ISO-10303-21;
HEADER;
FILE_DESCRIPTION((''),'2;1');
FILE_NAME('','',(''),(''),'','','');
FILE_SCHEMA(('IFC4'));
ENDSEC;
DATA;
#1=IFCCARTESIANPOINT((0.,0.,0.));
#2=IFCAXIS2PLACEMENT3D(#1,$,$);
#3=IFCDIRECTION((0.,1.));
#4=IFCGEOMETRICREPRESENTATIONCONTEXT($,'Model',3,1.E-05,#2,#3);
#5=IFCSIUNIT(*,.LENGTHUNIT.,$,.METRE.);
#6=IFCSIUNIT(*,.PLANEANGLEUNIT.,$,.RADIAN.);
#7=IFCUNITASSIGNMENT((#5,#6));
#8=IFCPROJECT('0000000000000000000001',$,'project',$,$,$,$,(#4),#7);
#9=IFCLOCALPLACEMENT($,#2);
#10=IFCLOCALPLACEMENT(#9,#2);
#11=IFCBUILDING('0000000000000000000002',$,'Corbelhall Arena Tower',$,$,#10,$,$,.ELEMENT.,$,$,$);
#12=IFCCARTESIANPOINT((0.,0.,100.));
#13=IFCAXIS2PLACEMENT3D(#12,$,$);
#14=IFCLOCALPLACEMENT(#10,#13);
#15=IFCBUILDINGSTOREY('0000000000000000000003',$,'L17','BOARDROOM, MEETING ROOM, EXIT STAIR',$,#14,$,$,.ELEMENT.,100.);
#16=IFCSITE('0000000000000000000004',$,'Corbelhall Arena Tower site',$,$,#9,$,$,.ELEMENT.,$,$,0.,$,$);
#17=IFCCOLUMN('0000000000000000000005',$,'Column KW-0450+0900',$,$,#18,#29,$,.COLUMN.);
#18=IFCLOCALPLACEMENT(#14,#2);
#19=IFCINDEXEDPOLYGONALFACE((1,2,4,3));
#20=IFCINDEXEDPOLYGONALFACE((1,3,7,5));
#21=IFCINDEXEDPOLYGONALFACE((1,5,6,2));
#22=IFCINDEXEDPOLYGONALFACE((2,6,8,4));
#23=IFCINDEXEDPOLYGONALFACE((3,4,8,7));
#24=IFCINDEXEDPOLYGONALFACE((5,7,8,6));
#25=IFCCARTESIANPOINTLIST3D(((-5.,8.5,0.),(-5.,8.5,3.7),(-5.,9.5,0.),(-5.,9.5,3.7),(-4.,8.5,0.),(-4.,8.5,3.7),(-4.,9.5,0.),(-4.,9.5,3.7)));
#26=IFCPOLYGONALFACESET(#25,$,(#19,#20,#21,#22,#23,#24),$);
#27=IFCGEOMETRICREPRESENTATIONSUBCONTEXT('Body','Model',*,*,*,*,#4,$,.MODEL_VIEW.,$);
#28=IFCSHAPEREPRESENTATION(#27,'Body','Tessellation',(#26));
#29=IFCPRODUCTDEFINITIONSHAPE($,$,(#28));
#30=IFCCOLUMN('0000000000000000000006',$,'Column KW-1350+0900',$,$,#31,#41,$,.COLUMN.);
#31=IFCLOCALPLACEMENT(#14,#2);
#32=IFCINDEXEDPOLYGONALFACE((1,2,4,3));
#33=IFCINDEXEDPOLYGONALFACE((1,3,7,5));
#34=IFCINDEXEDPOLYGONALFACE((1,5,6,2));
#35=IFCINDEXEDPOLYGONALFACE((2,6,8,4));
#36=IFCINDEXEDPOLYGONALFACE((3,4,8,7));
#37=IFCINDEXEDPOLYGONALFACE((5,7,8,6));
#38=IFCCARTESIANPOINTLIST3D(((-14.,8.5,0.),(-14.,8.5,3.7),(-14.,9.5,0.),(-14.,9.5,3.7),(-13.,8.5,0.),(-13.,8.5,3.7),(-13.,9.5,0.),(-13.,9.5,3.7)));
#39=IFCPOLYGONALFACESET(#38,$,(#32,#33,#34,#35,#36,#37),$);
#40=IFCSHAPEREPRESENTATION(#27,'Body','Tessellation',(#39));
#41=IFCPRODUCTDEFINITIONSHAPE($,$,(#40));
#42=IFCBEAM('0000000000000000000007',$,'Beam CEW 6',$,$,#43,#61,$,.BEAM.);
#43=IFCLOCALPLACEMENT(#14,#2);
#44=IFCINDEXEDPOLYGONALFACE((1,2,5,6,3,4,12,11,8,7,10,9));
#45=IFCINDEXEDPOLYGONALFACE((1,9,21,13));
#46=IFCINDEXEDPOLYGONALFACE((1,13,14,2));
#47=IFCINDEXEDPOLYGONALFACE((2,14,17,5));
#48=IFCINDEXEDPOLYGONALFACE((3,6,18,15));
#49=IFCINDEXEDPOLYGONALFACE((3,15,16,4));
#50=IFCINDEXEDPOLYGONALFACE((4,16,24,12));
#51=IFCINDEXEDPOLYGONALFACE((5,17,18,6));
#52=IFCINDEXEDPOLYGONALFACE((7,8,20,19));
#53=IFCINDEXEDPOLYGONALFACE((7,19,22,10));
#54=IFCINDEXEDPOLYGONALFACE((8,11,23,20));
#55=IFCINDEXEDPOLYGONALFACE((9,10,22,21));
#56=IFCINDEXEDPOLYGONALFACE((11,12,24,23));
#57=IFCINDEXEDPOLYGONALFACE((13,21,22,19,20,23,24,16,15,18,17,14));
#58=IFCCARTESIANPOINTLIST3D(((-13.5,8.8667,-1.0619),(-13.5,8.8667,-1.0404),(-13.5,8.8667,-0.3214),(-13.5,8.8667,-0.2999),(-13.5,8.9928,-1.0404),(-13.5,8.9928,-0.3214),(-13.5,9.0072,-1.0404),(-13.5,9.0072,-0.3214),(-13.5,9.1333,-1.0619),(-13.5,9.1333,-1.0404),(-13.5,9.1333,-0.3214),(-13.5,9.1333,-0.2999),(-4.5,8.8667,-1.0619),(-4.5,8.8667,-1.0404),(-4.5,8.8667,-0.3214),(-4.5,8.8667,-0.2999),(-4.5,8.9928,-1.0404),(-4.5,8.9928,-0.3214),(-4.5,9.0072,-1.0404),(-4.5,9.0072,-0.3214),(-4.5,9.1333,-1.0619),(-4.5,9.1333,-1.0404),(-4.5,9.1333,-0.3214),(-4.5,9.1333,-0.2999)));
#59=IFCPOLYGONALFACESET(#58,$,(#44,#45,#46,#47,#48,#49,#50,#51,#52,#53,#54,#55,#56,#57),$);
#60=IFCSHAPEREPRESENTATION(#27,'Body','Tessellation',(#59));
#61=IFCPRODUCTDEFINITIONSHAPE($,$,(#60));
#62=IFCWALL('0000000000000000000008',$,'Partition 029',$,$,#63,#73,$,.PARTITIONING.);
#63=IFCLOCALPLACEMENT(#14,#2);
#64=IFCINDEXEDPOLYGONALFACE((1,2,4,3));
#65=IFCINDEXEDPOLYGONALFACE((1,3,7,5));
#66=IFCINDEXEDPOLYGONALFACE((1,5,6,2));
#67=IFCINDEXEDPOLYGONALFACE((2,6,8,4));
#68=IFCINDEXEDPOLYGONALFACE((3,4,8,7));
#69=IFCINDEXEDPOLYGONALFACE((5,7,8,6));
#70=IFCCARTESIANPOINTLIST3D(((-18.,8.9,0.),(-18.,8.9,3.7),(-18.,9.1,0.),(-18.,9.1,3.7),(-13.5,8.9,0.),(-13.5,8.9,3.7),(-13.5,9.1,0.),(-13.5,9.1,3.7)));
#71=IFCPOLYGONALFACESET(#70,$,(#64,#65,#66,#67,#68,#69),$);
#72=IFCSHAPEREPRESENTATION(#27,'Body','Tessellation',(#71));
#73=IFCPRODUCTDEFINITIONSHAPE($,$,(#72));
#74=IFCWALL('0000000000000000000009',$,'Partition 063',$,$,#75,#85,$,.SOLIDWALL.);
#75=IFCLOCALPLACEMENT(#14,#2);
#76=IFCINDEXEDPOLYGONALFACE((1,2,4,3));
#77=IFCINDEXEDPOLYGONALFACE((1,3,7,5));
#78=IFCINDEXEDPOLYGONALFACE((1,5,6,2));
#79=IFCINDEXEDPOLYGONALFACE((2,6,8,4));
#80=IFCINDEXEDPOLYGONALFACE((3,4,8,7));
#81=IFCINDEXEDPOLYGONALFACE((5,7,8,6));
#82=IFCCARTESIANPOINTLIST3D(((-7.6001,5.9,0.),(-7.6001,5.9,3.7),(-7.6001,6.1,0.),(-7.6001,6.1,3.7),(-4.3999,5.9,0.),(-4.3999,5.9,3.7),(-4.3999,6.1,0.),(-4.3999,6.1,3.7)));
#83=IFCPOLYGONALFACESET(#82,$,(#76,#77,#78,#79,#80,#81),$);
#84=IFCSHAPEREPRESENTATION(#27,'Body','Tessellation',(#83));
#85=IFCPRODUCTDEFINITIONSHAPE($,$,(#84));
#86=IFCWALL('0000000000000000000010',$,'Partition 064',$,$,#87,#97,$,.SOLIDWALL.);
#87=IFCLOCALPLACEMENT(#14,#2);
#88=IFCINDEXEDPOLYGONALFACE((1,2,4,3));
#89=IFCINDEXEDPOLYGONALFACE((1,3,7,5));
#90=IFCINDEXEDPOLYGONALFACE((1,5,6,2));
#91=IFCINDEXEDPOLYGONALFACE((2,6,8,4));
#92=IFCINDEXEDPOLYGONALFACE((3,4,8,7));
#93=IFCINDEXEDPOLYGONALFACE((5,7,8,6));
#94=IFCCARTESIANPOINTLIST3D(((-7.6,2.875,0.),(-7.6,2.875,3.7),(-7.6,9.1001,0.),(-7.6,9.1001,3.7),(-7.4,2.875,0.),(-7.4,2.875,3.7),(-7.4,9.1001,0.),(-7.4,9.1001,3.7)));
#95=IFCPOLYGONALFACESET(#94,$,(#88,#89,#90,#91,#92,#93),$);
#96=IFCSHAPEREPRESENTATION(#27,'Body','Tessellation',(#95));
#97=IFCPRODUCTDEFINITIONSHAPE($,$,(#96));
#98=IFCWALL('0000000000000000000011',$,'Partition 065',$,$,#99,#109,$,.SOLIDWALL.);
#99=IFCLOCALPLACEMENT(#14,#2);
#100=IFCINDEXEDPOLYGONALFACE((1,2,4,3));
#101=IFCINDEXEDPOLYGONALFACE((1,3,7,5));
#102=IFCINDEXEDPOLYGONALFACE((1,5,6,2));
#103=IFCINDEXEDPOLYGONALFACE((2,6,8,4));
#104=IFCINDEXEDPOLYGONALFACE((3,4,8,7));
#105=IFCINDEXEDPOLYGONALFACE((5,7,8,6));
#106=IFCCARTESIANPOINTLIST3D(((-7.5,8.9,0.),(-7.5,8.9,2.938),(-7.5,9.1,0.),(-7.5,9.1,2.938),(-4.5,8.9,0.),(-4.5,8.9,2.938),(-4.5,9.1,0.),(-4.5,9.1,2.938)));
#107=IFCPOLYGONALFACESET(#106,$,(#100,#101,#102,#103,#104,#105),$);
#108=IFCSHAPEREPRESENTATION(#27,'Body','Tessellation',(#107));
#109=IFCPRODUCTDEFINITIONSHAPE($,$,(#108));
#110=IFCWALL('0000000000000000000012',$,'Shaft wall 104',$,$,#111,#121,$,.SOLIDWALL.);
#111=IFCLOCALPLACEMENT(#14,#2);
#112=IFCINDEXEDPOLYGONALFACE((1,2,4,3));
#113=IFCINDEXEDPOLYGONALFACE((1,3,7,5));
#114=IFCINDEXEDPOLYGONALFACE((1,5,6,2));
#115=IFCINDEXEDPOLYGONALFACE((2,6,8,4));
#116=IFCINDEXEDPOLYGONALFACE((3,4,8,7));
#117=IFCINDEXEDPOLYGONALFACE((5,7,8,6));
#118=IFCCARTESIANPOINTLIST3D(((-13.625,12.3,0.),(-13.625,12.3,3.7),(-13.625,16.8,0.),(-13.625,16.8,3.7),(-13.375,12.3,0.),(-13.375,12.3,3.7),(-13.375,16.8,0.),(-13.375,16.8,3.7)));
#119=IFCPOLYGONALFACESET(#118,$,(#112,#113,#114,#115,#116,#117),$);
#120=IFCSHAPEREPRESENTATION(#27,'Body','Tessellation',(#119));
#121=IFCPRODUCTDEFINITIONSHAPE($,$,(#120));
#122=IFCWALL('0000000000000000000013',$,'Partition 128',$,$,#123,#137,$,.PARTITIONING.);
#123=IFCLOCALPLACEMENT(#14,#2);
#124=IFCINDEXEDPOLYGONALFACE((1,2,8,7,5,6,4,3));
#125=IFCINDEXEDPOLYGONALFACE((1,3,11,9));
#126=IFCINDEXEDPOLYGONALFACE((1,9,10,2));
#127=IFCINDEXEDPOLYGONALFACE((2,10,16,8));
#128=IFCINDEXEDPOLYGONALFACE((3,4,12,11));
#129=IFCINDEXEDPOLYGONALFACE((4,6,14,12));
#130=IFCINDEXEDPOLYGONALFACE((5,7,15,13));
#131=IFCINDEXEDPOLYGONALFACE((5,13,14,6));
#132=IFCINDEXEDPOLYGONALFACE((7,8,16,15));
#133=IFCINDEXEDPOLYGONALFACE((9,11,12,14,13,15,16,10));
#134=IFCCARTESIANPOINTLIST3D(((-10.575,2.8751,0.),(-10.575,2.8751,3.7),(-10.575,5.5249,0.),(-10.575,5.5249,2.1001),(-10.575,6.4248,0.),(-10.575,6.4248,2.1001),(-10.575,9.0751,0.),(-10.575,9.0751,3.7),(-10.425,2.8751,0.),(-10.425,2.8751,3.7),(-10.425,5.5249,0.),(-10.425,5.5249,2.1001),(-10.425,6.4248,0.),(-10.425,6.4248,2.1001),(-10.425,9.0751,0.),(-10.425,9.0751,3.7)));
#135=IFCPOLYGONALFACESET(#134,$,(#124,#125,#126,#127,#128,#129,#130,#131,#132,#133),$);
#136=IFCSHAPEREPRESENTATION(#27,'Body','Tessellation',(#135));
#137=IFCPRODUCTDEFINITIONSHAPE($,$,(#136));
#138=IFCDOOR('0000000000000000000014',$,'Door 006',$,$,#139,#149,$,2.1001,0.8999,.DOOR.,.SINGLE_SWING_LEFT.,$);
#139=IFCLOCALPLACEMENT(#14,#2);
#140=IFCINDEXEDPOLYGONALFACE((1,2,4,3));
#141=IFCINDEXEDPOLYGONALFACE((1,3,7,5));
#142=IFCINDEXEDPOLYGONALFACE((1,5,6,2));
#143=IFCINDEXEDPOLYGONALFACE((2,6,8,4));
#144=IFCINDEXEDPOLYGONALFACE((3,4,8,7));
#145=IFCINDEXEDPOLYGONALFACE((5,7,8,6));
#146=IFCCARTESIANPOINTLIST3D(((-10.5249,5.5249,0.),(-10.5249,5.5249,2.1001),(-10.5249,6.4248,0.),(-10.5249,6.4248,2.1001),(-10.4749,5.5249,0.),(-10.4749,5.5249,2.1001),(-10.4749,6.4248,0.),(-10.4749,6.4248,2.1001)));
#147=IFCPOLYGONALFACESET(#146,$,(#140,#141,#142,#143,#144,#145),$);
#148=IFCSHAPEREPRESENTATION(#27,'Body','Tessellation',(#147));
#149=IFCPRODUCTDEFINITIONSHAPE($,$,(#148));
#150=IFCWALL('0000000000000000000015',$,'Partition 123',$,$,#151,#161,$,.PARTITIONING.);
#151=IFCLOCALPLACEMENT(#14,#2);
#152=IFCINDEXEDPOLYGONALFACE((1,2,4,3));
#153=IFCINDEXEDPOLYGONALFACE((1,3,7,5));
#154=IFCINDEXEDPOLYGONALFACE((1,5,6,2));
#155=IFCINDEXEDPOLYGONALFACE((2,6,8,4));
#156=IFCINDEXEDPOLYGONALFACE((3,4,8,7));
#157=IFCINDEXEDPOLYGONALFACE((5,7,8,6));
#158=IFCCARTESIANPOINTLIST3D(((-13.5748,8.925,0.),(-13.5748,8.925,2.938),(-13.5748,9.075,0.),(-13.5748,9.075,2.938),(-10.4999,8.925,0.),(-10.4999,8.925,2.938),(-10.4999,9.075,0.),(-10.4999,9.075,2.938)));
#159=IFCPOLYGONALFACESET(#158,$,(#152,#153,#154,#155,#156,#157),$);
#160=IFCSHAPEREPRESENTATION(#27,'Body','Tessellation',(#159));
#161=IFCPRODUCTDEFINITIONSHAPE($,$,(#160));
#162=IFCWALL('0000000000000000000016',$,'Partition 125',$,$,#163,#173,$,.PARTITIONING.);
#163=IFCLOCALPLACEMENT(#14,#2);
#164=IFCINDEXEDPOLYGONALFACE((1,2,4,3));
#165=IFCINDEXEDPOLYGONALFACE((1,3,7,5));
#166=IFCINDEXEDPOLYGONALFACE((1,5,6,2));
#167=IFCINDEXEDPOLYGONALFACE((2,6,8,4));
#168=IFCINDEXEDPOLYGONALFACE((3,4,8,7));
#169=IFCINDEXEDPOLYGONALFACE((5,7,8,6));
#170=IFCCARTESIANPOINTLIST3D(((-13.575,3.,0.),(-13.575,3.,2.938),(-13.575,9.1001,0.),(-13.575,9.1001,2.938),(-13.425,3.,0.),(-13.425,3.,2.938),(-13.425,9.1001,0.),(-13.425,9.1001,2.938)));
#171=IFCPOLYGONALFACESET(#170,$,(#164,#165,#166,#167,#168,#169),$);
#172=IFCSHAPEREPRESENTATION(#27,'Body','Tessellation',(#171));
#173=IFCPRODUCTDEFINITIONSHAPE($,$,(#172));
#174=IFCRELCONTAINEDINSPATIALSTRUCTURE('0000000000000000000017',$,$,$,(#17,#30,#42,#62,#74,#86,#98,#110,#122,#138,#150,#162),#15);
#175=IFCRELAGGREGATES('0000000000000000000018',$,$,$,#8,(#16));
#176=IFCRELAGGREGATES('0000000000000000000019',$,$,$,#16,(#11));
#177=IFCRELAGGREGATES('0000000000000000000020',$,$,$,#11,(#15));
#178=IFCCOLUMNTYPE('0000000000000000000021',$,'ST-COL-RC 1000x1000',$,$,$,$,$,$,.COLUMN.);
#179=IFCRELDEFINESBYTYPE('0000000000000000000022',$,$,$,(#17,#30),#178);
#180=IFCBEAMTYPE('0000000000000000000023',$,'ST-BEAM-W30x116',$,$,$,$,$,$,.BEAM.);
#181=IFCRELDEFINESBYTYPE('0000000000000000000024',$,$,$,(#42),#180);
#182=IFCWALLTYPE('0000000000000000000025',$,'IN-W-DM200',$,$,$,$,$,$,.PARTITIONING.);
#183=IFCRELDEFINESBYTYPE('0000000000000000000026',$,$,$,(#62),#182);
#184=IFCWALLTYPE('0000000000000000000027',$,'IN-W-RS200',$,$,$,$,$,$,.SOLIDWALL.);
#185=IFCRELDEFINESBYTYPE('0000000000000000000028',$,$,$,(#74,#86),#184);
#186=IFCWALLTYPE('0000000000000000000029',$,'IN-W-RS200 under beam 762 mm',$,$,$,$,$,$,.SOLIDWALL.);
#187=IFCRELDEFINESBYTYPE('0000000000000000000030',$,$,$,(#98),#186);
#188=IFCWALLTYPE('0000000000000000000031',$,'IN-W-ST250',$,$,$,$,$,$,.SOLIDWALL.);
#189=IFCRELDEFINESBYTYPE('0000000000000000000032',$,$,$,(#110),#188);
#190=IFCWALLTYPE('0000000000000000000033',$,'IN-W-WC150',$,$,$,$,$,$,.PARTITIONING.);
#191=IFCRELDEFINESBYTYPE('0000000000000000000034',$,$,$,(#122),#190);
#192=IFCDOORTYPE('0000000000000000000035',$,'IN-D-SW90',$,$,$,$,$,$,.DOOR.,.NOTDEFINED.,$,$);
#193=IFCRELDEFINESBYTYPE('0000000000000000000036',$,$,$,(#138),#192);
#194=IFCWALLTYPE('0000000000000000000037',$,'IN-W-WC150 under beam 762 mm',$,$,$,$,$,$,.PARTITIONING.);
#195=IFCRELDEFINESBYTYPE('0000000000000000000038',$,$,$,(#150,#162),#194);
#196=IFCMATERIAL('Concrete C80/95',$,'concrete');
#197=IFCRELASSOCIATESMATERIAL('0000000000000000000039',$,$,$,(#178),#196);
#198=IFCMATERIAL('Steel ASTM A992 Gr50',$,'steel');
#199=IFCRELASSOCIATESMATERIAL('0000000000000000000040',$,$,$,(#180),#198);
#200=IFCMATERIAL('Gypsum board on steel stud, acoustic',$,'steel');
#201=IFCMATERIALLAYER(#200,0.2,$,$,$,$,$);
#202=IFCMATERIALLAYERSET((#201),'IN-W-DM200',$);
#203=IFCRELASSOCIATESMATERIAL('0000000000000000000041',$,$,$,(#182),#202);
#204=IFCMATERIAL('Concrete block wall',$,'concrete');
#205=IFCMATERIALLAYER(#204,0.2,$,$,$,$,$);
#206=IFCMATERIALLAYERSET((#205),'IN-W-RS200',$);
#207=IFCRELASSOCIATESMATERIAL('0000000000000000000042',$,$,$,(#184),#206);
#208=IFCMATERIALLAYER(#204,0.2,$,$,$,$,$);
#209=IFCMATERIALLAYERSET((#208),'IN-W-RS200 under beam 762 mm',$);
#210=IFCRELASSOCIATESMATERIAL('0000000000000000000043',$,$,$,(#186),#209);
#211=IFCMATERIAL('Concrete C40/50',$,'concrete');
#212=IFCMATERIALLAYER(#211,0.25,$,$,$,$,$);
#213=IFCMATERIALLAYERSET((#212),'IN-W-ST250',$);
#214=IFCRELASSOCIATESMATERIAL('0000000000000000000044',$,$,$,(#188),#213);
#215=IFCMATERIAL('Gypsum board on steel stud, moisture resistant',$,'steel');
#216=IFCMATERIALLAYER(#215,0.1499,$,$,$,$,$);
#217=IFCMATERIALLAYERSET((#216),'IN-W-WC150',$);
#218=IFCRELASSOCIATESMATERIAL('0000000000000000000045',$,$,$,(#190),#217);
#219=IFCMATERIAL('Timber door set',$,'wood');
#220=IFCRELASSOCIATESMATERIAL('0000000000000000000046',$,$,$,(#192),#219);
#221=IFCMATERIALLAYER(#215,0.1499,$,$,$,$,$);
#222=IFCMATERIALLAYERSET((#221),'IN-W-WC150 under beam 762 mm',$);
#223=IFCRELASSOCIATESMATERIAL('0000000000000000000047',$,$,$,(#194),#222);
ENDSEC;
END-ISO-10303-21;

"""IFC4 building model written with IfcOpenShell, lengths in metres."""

from ifc_helpers import new_model, si_unit, direction, frame, frame_2d, origin, origin_2d, place, context, subcontext, project, spatial, rectangle, i_section, extrude, material, layer, layer_set, material_profile, profile_set, type_object, element, fill, save


model = new_model("IFC4")

# Units and contexts
model_context = context("Model", 3, precision=1e-05, world=origin(), true_north=direction((0.0, 1.0)))
body_context = subcontext(model_context, "Body", "Model", "MODEL_VIEW")
ifc_project = project(units=[si_unit("LENGTHUNIT", "METRE"), si_unit("PLANEANGLEUNIT", "RADIAN")], contexts=[model_context])

# Site, building, storey
site_placement = place(None, origin())
site = spatial("IfcSite", under=ifc_project, at=site_placement, Name="Corbelhall Arena Tower site", CompositionType="ELEMENT", RefElevation=0.0)
building_placement = place(site_placement, origin())
building = spatial("IfcBuilding", under=site, at=building_placement, Name="Corbelhall Arena Tower", CompositionType="ELEMENT")
storey_placement = place(building_placement, frame((0.0, 0.0, 100.0)))
storey = spatial("IfcBuildingStorey", under=building, at=storey_placement, Name="L17", Description="BOARDROOM, MEETING ROOM, EXIT STAIR", CompositionType="ELEMENT", Elevation=100.0)

# Columns
ifc_material_1 = material(Name="Concrete C80/95", Category="concrete")
ifc_material_profile_1 = material_profile(ifc_material_1, rectangle(XDim=1.0, YDim=1.0, at=origin_2d()))
ifc_profile_set_1 = profile_set([ifc_material_profile_1], Name="Concrete C80/95")
column_type = type_object("IfcColumnType", Name="ST-COL-RC 1000x1000", PredefinedType="COLUMN", material=ifc_profile_set_1)
for number, where, z_axis, x_axis, name in (
    (1, (-4.5, 9.0, 0.0), (0.0, 0.0, 1.0), (1.0, 0.0, 0.0), "Column KW-0450+0900"),
    (2, (-13.5, 9.0, 0.0), (0.0, 0.0, 1.0), (1.0, 0.0, 0.0), "Column KW-1350+0900"),
):
    element("IfcColumn", number, at=place(storey_placement, frame(where, z_axis=z_axis, x_axis=x_axis)), inside=storey, type_object=column_type, Name=name, PredefinedType="COLUMN", context=body_context, shape_type="SweptSolid", body=[
        extrude(rectangle(XDim=1.0, YDim=1.0, at=origin_2d()), origin(), (0.0, 0.0, 1.0), 3.7),
    ])

# Beam
ifc_material_2 = material(Name="Steel ASTM A992 Gr50", Category="steel")
ifc_material_profile_2 = material_profile(ifc_material_2, i_section(OverallWidth=0.2666, OverallDepth=0.762, WebThickness=0.0144, FlangeThickness=0.0215, at=origin_2d()))
ifc_profile_set_2 = profile_set([ifc_material_profile_2], Name="Steel ASTM A992 Gr50")
beam_type = type_object("IfcBeamType", Name="ST-BEAM-W30x116", PredefinedType="BEAM", material=ifc_profile_set_2)
beam_placement = place(storey_placement, frame((-13.5, 9.0, -0.6809), z_axis=(1.0, 0.0, 0.0), x_axis=(0.0, 1.0, 0.0)))
element("IfcBeam", 3, at=beam_placement, inside=storey, type_object=beam_type, Name="Beam CEW 6", PredefinedType="BEAM", context=body_context, shape_type="SweptSolid", body=[
    extrude(i_section(OverallWidth=0.2666, OverallDepth=0.762, WebThickness=0.0144, FlangeThickness=0.0215, at=origin_2d()), origin(), (0.0, 0.0, 1.0), 9.0),
])

# Walls
ifc_material_3 = material(Name="Gypsum board on steel stud, acoustic", Category="steel")
ifc_layer_1 = layer(ifc_material_3, 0.2)
ifc_layer_set_1 = layer_set([ifc_layer_1], Name="IN-W-DM200")
wall_type_1 = type_object("IfcWallType", Name="IN-W-DM200", PredefinedType="PARTITIONING", material=ifc_layer_set_1)
wall_1_placement = place(storey_placement, frame((-13.5, 9.0, 0.0), z_axis=(0.0, 0.0, 1.0), x_axis=(-1.0, 0.0, 0.0)))
element("IfcWall", 4, at=wall_1_placement, inside=storey, type_object=wall_type_1, Name="Partition 029", PredefinedType="PARTITIONING", context=body_context, shape_type="SweptSolid", body=[
    extrude(rectangle(XDim=4.5, YDim=0.2, at=frame_2d((2.25, 0.0))), origin(), (0.0, 0.0, 1.0), 3.7),
])
ifc_material_4 = material(Name="Concrete block wall", Category="concrete")
ifc_layer_2 = layer(ifc_material_4, 0.2)
ifc_layer_set_2 = layer_set([ifc_layer_2], Name="IN-W-RS200")
wall_type_2 = type_object("IfcWallType", Name="IN-W-RS200", PredefinedType="SOLIDWALL", material=ifc_layer_set_2)
wall_2_placement = place(storey_placement, frame((-7.6001, 6.0, 0.0), z_axis=(0.0, 0.0, 1.0), x_axis=(1.0, 0.0, 0.0)))
element("IfcWall", 5, at=wall_2_placement, inside=storey, type_object=wall_type_2, Name="Partition 063", PredefinedType="SOLIDWALL", context=body_context, shape_type="SweptSolid", body=[
    extrude(rectangle(XDim=3.2002, YDim=0.2, at=frame_2d((1.6001, 0.0))), origin(), (0.0, 0.0, 1.0), 3.7),
])
wall_3_placement = place(storey_placement, frame((-7.5, 2.875, 0.0), z_axis=(0.0, 0.0, 1.0), x_axis=(0.0, 1.0, 0.0)))
element("IfcWall", 6, at=wall_3_placement, inside=storey, type_object=wall_type_2, Name="Partition 064", PredefinedType="SOLIDWALL", context=body_context, shape_type="SweptSolid", body=[
    extrude(rectangle(XDim=6.2251, YDim=0.2, at=frame_2d((3.1125, 0.0))), origin(), (0.0, 0.0, 1.0), 3.7),
])
ifc_layer_3 = layer(ifc_material_4, 0.2)
ifc_layer_set_3 = layer_set([ifc_layer_3], Name="IN-W-RS200 under beam 762 mm")
wall_type_3 = type_object("IfcWallType", Name="IN-W-RS200 under beam 762 mm", PredefinedType="SOLIDWALL", material=ifc_layer_set_3)
wall_4_placement = place(storey_placement, frame((-7.5, 9.0, 0.0), z_axis=(0.0, 0.0, 1.0), x_axis=(1.0, 0.0, 0.0)))
element("IfcWall", 7, at=wall_4_placement, inside=storey, type_object=wall_type_3, Name="Partition 065", PredefinedType="SOLIDWALL", context=body_context, shape_type="SweptSolid", body=[
    extrude(rectangle(XDim=3.0, YDim=0.2, at=frame_2d((1.5, 0.0))), origin(), (0.0, 0.0, 1.0), 2.938),
])

# Wall
ifc_material_5 = material(Name="Concrete C40/50", Category="concrete")
ifc_layer_4 = layer(ifc_material_5, 0.25)
ifc_layer_set_4 = layer_set([ifc_layer_4], Name="IN-W-ST250")
wall_type_4 = type_object("IfcWallType", Name="IN-W-ST250", PredefinedType="SOLIDWALL", material=ifc_layer_set_4)
wall_5_placement = place(storey_placement, frame((-13.5, 12.3, 0.0), z_axis=(0.0, 0.0, 1.0), x_axis=(0.0, 1.0, 0.0)))
element("IfcWall", 8, at=wall_5_placement, inside=storey, type_object=wall_type_4, Name="Shaft wall 104", PredefinedType="SOLIDWALL", context=body_context, shape_type="SweptSolid", body=[
    extrude(rectangle(XDim=4.5, YDim=0.25, at=frame_2d((2.25, 0.0))), origin(), (0.0, 0.0, 1.0), 3.7),
])

# Wall, opening, door
ifc_material_6 = material(Name="Gypsum board on steel stud, moisture resistant", Category="steel")
ifc_layer_5 = layer(ifc_material_6, 0.1499)
ifc_layer_set_5 = layer_set([ifc_layer_5], Name="IN-W-WC150")
wall_type_5 = type_object("IfcWallType", Name="IN-W-WC150", PredefinedType="PARTITIONING", material=ifc_layer_set_5)
wall_6_placement = place(storey_placement, frame((-10.5, 2.875, 0.0), z_axis=(0.0, 0.0, 1.0), x_axis=(0.0, 1.0, 0.0)))
wall_6 = element("IfcWall", 9, at=wall_6_placement, inside=storey, type_object=wall_type_5, Name="Partition 128", PredefinedType="PARTITIONING", context=body_context, shape_type="SweptSolid", body=[
    extrude(rectangle(XDim=6.2, YDim=0.1499, at=frame_2d((3.1001, 0.0))), origin(), (0.0, 0.0, 1.0), 3.7),
])
opening_1_placement = place(wall_6_placement, frame((2.6499, 0.0, 0.0)))
opening_1 = element("IfcOpeningElement", 10, at=opening_1_placement, cuts=wall_6, PredefinedType="OPENING", context=body_context, shape_type="SweptSolid", body=[
    extrude(rectangle(XDim=0.8999, YDim=2.1001, at=frame_2d((0.45, 1.05))), frame((0.0, 0.075, 0.0), z_axis=(0.0, -1.0, 0.0), x_axis=(1.0, 0.0, 0.0)), (0.0, 0.0, 1.0), 0.1499),
])
ifc_material_7 = material(Name="Timber door set", Category="wood")
door_type_1 = type_object("IfcDoorType", Name="IN-D-SW90", OperationType="NOTDEFINED", PredefinedType="DOOR", material=ifc_material_7)
door_1_placement = place(opening_1_placement, origin())
door_1 = element("IfcDoor", 11, at=door_1_placement, inside=storey, type_object=door_type_1, Name="Door 006", OperationType="SINGLE_SWING_LEFT", OverallHeight=2.1001, OverallWidth=0.8999, PredefinedType="DOOR", context=body_context, shape_type="SweptSolid", body=[
    extrude(rectangle(XDim=0.8999, YDim=2.1001, at=frame_2d((0.45, 1.05))), frame((0.0, 0.0249, 0.0), z_axis=(0.0, -1.0, 0.0), x_axis=(1.0, 0.0, 0.0)), (0.0, 0.0, 1.0), 0.05),
])
fill(opening_1, door_1)

# Walls
ifc_layer_6 = layer(ifc_material_6, 0.1499)
ifc_layer_set_6 = layer_set([ifc_layer_6], Name="IN-W-WC150 under beam 762 mm")
wall_type_6 = type_object("IfcWallType", Name="IN-W-WC150 under beam 762 mm", PredefinedType="PARTITIONING", material=ifc_layer_set_6)
wall_7_placement = place(storey_placement, frame((-13.575, 9.0, 0.0), z_axis=(0.0, 0.0, 1.0), x_axis=(1.0, 0.0, 0.0)))
element("IfcWall", 12, at=wall_7_placement, inside=storey, type_object=wall_type_6, Name="Partition 123", PredefinedType="PARTITIONING", context=body_context, shape_type="SweptSolid", body=[
    extrude(rectangle(XDim=3.075, YDim=0.1499, at=frame_2d((1.5376, 0.0))), origin(), (0.0, 0.0, 1.0), 2.938),
])
wall_8_placement = place(storey_placement, frame((-13.5, 3.0, 0.0), z_axis=(0.0, 0.0, 1.0), x_axis=(0.0, 1.0, 0.0)))
element("IfcWall", 13, at=wall_8_placement, inside=storey, type_object=wall_type_6, Name="Partition 125", PredefinedType="PARTITIONING", context=body_context, shape_type="SweptSolid", body=[
    extrude(rectangle(XDim=6.1001, YDim=0.1499, at=frame_2d((3.05, 0.0))), origin(), (0.0, 0.0, 1.0), 2.938),
])

save(model, "model.ifc")
